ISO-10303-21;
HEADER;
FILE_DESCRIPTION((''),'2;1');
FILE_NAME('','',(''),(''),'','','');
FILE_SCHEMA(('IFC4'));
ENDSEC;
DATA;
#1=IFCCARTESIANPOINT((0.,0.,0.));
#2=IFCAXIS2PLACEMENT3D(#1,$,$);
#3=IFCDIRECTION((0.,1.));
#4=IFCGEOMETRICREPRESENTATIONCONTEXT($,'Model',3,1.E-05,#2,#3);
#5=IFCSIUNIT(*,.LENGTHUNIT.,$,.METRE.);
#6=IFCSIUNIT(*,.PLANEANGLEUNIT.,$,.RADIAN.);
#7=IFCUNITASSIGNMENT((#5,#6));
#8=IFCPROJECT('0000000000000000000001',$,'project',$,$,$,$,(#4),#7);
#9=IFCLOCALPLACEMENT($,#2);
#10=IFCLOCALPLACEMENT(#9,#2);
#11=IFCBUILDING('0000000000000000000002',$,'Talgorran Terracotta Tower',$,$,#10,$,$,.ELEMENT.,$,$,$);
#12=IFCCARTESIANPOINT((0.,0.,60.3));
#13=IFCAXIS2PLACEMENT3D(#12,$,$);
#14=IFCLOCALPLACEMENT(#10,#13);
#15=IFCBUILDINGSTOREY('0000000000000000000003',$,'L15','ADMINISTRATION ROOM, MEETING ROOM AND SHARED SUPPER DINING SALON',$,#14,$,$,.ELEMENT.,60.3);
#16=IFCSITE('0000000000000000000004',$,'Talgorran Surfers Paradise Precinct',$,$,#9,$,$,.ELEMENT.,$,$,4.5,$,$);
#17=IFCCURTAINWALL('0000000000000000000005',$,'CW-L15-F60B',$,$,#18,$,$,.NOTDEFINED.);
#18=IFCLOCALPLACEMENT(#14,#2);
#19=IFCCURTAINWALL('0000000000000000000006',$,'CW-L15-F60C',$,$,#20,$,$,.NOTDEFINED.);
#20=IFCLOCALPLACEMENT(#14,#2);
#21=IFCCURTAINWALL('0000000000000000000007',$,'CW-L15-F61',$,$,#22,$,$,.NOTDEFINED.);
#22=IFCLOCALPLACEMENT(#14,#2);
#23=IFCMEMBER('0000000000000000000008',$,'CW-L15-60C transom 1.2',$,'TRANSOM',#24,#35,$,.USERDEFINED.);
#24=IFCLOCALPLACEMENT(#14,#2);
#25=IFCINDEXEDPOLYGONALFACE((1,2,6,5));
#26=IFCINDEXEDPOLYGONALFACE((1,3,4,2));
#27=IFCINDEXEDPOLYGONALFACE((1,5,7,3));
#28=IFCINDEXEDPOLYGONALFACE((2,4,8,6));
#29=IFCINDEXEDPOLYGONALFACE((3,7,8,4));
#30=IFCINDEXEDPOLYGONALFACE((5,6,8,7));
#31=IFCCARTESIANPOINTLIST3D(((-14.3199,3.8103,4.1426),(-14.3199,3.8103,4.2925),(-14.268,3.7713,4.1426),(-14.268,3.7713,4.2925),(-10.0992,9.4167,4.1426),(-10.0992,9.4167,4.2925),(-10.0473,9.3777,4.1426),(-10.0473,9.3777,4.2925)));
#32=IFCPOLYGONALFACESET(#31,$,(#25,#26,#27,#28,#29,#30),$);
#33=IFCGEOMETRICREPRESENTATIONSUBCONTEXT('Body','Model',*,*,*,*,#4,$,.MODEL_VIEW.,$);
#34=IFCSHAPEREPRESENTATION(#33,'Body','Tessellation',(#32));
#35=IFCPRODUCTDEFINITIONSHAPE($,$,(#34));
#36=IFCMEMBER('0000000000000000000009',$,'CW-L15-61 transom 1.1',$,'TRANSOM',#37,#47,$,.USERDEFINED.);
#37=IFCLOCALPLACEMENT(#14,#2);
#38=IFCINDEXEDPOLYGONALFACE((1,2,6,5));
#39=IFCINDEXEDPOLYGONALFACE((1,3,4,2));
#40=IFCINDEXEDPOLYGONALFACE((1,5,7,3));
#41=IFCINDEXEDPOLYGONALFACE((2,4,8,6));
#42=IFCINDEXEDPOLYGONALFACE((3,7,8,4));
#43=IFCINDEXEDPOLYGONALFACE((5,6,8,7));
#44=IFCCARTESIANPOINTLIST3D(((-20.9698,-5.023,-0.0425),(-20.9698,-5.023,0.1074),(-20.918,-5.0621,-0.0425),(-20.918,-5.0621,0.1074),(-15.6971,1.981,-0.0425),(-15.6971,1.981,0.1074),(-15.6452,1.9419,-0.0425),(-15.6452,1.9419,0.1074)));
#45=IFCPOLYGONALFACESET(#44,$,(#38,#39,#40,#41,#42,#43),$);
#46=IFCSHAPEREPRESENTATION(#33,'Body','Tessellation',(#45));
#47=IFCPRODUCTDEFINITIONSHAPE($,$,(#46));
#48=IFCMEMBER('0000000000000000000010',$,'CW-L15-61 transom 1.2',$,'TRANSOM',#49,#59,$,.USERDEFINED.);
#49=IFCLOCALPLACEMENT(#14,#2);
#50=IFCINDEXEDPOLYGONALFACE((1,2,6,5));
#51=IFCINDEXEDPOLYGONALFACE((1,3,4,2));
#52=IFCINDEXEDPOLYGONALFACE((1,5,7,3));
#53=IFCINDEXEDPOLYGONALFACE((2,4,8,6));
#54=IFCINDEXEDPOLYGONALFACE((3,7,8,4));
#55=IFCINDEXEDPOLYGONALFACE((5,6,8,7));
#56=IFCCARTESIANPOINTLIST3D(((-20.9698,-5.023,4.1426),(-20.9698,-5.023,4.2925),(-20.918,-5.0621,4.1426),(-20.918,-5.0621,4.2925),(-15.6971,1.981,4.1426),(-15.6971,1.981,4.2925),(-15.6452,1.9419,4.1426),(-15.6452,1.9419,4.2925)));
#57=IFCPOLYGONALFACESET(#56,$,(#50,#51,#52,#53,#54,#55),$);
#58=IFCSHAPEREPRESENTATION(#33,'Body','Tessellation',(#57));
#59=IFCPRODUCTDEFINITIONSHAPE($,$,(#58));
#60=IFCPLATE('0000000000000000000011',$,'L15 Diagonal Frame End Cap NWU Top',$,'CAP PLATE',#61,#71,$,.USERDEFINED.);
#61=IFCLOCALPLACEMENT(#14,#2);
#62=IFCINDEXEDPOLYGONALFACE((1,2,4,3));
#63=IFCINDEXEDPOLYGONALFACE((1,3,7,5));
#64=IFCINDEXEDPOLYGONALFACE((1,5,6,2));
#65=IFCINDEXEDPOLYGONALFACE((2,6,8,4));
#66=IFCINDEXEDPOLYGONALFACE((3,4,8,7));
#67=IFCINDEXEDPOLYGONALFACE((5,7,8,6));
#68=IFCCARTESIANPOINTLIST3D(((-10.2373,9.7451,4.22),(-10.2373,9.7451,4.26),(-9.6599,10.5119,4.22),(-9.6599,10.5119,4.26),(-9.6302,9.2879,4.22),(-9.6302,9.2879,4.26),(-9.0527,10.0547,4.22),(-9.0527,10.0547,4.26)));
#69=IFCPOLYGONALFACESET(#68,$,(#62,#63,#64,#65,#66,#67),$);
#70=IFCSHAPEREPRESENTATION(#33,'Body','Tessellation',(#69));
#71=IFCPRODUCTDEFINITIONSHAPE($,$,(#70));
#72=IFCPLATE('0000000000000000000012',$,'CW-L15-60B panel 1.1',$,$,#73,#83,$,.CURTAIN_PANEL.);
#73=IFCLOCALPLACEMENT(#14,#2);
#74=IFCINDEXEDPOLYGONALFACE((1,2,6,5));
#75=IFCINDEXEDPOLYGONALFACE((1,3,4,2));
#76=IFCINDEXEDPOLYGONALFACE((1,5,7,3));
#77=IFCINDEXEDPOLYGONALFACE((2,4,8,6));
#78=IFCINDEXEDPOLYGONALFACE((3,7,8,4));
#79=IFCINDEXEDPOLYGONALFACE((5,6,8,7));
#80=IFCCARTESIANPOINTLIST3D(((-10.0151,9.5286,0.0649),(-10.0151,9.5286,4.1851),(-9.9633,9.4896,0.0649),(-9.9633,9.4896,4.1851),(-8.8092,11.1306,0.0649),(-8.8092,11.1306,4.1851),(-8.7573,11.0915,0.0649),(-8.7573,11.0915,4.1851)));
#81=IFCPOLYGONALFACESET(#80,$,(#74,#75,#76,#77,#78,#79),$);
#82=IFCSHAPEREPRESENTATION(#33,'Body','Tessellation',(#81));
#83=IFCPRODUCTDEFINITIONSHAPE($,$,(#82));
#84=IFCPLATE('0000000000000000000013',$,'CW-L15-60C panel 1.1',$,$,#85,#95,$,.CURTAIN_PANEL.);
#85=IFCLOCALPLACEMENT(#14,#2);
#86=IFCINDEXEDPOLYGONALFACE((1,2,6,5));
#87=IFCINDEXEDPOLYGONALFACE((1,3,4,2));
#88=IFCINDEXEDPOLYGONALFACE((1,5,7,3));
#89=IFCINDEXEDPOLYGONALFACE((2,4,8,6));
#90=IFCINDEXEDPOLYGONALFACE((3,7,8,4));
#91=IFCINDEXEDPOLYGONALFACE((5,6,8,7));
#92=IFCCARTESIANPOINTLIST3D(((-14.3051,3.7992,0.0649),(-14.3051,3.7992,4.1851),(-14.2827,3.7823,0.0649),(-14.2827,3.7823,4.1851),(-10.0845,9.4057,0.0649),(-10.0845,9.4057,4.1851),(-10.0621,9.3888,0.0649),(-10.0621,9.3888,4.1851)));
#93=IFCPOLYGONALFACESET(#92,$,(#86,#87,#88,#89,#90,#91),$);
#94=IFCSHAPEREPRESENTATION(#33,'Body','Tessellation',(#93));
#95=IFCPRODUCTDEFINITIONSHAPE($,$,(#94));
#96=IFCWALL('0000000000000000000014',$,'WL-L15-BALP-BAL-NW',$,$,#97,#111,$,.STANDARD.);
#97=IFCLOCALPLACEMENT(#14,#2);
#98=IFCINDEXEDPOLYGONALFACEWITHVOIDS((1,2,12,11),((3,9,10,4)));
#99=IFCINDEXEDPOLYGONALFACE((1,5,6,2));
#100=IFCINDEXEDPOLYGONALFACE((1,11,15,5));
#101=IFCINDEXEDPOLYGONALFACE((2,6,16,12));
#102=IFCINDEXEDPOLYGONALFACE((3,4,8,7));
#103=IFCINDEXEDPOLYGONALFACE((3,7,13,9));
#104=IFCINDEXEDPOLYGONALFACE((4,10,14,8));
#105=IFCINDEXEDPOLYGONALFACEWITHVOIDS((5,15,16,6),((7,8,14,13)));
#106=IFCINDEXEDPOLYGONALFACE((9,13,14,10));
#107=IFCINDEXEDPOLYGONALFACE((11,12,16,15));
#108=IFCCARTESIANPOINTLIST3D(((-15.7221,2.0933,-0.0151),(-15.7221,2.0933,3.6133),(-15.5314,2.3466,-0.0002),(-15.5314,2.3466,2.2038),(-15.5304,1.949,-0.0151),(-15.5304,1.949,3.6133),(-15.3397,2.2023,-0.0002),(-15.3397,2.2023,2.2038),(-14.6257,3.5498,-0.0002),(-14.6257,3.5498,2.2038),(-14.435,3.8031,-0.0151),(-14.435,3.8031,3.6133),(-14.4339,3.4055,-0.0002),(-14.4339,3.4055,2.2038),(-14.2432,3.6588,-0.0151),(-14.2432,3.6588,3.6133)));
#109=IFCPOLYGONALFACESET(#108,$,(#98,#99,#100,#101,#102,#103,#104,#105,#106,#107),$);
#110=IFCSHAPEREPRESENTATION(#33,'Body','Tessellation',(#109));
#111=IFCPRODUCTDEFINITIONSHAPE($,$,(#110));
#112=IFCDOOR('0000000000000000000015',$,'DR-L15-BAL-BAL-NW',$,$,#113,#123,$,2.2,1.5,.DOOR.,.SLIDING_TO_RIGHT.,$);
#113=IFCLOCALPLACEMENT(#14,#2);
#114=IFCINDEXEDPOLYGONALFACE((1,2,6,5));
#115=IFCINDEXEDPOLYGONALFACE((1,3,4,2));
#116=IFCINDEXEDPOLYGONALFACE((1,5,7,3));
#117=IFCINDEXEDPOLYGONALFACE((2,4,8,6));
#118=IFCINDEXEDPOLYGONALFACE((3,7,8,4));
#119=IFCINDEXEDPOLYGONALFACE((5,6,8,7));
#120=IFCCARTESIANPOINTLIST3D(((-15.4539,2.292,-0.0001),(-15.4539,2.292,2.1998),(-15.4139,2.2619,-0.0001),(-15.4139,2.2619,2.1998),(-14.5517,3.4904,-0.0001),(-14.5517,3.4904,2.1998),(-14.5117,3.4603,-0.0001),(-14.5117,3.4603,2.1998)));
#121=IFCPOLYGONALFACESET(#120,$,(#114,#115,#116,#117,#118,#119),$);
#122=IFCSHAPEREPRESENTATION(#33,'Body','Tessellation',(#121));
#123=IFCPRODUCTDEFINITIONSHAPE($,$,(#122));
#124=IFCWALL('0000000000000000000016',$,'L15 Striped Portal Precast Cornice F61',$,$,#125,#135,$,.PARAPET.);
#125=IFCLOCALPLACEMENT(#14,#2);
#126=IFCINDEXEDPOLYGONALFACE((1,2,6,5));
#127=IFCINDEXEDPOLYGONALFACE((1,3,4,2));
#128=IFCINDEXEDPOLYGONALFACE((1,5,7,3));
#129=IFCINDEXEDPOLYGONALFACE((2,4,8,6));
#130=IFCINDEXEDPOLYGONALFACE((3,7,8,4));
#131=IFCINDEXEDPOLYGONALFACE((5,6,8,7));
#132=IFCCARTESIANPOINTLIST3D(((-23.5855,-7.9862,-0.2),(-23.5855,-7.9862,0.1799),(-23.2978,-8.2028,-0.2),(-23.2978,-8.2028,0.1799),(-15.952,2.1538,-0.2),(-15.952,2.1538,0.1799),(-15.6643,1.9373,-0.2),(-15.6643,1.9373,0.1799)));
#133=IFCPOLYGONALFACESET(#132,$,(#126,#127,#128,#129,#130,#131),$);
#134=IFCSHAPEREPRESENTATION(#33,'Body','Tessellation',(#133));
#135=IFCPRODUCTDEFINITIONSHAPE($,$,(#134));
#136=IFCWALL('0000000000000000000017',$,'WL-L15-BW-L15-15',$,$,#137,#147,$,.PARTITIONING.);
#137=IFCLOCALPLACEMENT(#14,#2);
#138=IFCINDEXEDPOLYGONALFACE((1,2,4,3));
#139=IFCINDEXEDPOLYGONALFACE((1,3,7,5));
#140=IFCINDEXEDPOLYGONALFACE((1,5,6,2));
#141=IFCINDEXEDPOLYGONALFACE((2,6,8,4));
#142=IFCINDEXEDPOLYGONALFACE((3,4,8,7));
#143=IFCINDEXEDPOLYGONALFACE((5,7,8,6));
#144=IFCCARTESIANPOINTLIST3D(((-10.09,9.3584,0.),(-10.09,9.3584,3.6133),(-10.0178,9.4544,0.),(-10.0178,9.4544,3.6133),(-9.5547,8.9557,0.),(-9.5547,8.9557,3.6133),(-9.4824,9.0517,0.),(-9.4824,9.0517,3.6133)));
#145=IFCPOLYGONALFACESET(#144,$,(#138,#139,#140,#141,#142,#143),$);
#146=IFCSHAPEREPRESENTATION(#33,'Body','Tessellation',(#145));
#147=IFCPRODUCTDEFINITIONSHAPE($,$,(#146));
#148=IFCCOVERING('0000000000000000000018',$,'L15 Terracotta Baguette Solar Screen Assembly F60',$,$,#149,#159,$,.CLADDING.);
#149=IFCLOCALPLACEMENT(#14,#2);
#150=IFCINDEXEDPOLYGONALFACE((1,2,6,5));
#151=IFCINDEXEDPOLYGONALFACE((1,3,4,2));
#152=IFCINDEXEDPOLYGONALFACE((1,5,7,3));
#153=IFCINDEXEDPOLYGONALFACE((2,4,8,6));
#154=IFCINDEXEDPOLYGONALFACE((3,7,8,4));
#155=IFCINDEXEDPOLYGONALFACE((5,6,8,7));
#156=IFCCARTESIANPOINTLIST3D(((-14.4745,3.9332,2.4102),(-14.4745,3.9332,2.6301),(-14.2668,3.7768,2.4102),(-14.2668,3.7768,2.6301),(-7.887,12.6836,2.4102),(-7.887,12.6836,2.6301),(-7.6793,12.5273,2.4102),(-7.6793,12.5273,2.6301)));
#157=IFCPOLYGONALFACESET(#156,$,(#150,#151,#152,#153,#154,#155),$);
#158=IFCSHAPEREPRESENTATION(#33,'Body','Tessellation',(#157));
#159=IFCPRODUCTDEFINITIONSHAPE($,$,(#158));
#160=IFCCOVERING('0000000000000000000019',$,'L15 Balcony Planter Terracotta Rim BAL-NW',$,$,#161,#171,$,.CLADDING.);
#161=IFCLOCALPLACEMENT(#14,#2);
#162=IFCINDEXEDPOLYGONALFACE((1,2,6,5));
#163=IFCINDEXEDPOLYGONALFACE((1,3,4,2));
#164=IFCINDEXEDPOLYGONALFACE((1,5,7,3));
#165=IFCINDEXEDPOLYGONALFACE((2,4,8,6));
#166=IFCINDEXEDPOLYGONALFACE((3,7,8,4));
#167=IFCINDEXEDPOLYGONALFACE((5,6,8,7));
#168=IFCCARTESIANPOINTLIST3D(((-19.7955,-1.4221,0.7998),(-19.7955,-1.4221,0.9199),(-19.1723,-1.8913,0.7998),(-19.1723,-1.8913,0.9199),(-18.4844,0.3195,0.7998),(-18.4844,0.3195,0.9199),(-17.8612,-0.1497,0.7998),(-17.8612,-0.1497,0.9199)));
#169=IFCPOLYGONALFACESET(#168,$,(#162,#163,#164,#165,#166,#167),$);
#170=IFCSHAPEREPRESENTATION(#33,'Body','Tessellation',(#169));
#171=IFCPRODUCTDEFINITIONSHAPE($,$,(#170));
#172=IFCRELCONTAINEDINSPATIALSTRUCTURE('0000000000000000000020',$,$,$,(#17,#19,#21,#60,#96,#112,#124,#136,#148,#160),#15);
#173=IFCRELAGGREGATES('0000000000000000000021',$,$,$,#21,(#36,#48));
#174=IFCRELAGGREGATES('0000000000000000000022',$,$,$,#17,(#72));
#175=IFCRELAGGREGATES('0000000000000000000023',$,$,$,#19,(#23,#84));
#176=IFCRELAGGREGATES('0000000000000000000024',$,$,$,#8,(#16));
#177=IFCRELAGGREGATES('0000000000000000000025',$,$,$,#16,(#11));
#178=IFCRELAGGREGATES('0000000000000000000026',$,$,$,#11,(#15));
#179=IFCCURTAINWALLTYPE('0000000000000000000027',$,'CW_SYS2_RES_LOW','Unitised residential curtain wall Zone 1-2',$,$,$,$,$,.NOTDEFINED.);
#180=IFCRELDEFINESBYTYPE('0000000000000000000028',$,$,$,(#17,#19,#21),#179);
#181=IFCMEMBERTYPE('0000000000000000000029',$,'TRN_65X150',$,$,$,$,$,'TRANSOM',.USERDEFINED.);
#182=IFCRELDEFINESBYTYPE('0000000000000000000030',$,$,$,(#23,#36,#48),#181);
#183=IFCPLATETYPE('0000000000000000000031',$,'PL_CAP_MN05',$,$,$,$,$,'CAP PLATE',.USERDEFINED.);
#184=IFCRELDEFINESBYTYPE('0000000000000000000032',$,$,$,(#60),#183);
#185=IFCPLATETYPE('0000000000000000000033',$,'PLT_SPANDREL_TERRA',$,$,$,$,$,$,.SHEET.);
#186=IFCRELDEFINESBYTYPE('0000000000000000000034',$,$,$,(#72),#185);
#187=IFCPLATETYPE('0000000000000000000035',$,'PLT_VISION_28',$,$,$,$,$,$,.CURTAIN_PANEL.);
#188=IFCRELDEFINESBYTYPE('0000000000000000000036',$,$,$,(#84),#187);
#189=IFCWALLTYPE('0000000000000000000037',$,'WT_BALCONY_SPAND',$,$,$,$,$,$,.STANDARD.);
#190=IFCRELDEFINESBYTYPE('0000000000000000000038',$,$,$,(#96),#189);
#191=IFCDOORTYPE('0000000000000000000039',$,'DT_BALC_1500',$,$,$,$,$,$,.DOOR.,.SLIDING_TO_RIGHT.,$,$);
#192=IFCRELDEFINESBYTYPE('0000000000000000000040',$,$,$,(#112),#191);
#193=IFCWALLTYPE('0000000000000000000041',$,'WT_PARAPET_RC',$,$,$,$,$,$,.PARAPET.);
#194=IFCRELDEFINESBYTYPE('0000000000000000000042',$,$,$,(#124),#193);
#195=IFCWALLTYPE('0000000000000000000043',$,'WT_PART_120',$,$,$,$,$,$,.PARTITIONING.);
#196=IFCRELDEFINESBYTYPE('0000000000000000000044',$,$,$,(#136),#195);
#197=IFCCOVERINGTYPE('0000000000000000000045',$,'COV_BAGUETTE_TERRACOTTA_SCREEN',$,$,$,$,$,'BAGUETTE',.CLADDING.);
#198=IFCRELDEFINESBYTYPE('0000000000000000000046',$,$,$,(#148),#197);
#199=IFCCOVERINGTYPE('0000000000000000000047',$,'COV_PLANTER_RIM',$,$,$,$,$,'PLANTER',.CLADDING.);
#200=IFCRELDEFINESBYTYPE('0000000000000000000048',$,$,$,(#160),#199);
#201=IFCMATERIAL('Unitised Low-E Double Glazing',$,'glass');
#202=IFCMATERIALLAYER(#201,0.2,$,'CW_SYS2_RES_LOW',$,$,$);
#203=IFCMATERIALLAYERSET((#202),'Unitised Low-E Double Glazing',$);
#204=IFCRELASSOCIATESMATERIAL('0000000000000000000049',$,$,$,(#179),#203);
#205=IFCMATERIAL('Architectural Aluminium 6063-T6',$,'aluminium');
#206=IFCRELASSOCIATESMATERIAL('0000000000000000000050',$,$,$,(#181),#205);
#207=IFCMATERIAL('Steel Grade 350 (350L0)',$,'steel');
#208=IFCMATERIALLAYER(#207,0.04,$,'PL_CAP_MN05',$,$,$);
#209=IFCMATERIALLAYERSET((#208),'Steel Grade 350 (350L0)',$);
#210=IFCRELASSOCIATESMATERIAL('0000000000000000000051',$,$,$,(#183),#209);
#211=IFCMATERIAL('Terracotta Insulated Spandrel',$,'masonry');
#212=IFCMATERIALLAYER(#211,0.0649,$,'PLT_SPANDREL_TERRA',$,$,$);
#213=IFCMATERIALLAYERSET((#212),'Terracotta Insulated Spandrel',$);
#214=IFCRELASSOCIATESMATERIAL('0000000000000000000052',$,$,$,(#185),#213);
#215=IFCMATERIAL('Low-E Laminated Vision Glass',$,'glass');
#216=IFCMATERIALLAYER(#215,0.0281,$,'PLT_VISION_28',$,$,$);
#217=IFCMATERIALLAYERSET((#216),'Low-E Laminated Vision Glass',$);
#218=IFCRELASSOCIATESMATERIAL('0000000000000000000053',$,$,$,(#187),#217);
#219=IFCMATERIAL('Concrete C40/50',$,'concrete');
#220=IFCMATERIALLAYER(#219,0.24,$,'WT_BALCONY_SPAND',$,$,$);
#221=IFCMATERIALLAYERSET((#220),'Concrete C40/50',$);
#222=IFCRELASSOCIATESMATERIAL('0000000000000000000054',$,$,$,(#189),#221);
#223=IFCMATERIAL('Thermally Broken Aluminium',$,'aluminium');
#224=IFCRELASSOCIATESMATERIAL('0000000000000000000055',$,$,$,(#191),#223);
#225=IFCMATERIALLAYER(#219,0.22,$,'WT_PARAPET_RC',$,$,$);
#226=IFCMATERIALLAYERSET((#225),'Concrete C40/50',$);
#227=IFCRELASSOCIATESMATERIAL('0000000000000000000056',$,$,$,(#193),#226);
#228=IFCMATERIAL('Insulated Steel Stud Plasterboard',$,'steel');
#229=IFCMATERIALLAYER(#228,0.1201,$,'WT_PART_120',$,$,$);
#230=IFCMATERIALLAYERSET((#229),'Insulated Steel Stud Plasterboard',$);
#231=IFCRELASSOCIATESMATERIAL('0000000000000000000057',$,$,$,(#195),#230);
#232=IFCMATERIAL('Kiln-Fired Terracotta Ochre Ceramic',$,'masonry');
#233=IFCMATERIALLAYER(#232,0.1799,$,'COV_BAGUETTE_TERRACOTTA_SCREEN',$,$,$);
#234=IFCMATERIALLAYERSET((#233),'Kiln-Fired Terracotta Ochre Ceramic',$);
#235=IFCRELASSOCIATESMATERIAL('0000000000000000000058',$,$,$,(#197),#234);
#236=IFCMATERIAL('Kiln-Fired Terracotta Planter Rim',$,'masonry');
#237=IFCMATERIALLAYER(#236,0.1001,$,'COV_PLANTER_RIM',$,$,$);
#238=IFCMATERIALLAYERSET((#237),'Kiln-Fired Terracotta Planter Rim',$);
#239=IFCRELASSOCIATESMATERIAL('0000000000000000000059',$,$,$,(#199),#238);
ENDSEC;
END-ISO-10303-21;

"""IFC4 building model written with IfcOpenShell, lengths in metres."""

from ifc_helpers import new_model, si_unit, direction, frame, frame_2d, origin, origin_2d, place, context, subcontext, project, spatial, rectangle, extrude, source, transform, mapped, material, layer, layer_set, material_profile, profile_set, type_object, type_shapes, element, fill, aggregate, save


model = new_model("IFC4")

# Units and contexts
model_context = context("Model", 3, precision=1e-05, world=origin(), true_north=direction((0.0, 1.0)))
body_context = subcontext(model_context, "Body", "Model", "MODEL_VIEW")
ifc_project = project(units=[si_unit("LENGTHUNIT", "METRE"), si_unit("PLANEANGLEUNIT", "RADIAN")], contexts=[model_context])

# Site, building, storey
site_placement = place(None, origin())
site = spatial("IfcSite", under=ifc_project, at=site_placement, Name="Talgorran Surfers Paradise Precinct", CompositionType="ELEMENT", RefElevation=4.5)
building_placement = place(site_placement, origin())
building = spatial("IfcBuilding", under=site, at=building_placement, Name="Talgorran Terracotta Tower", CompositionType="ELEMENT")
storey_placement = place(building_placement, frame((0.0, 0.0, 60.3)))
storey = spatial("IfcBuildingStorey", under=building, at=storey_placement, Name="L15", Description="ADMINISTRATION ROOM, MEETING ROOM AND SHARED SUPPER DINING SALON", CompositionType="ELEMENT", Elevation=60.3)

# Shared definitions
ifc_material_1 = material(Name="Steel Grade 350 (350L0)", Category="steel")

# Curtain wall
ifc_material_2 = material(Name="Unitised Low-E Double Glazing", Category="glass")
ifc_layer_1 = layer(ifc_material_2, 0.2, Name="CW_SYS2_RES_LOW")
ifc_layer_set_1 = layer_set([ifc_layer_1], Name="Unitised Low-E Double Glazing")
curtain_wall_type = type_object("IfcCurtainWallType", Name="CW_SYS2_RES_LOW", Description="Unitised residential curtain wall Zone 1-2", PredefinedType="NOTDEFINED", material=ifc_layer_set_1)
curtain_wall_1_placement = place(storey_placement, origin())
curtain_wall_1 = element("IfcCurtainWall", 1, at=curtain_wall_1_placement, inside=storey, type_object=curtain_wall_type, Name="CW-L15-F60B", PredefinedType="NOTDEFINED")
ifc_material_3 = material(Name="Architectural Aluminium 6063-T6", Category="aluminium")

# Curtain wall
curtain_wall_2_placement = place(storey_placement, origin())
curtain_wall_2 = element("IfcCurtainWall", 2, at=curtain_wall_2_placement, inside=storey, type_object=curtain_wall_type, Name="CW-L15-F60C", PredefinedType="NOTDEFINED")

# Curtain wall
curtain_wall_3_placement = place(storey_placement, origin())
curtain_wall_3 = element("IfcCurtainWall", 3, at=curtain_wall_3_placement, inside=storey, type_object=curtain_wall_type, Name="CW-L15-F61", PredefinedType="NOTDEFINED")

# Members
ifc_material_profile_1 = material_profile(ifc_material_3, rectangle(XDim=0.0649, YDim=0.1499, at=origin_2d()), Name="CWT65X150")
ifc_profile_set_1 = profile_set([ifc_material_profile_1], Name="Architectural Aluminium 6063-T6")
member_type_1 = type_object("IfcMemberType", Name="TRN_65X150", ElementType="TRANSOM", PredefinedType="USERDEFINED", material=ifc_profile_set_1)
member_1_placement = place(storey_placement, frame((-10.0732, 9.3972, 4.2175), z_axis=(-0.601446, -0.798913, 0.0), x_axis=(0.798913, -0.601446, 0.0)))
member_1 = element("IfcMember", 4, at=member_1_placement, type_object=member_type_1, Name="CW-L15-60C transom 1.2", ObjectType="TRANSOM", PredefinedType="USERDEFINED", context=body_context, shape_type="SweptSolid", body=[
    extrude(rectangle(XDim=0.0649, YDim=0.1499, at=origin_2d()), origin(), (0.0, 0.0, 1.0), 7.0176),
])
member_2_placement = place(storey_placement, frame((-15.6711, 1.9614, 0.0325), z_axis=(-0.601443, -0.798916, 0.0), x_axis=(0.798916, -0.601443, 0.0)))
member_2 = element("IfcMember", 5, at=member_2_placement, type_object=member_type_1, Name="CW-L15-61 transom 1.1", ObjectType="TRANSOM", PredefinedType="USERDEFINED", context=body_context, shape_type="SweptSolid", body=[
    extrude(rectangle(XDim=0.0649, YDim=0.1499, at=origin_2d()), origin(), (0.0, 0.0, 1.0), 8.7668),
])
member_3_placement = place(storey_placement, frame((-15.6711, 1.9614, 4.2175), z_axis=(-0.601443, -0.798916, 0.0), x_axis=(0.798916, -0.601443, 0.0)))
member_3 = element("IfcMember", 6, at=member_3_placement, type_object=member_type_1, Name="CW-L15-61 transom 1.2", ObjectType="TRANSOM", PredefinedType="USERDEFINED", context=body_context, shape_type="SweptSolid", body=[
    extrude(rectangle(XDim=0.0649, YDim=0.1499, at=origin_2d()), origin(), (0.0, 0.0, 1.0), 8.7668),
])
aggregate(curtain_wall_3, [member_2, member_3])

# Plates
ifc_layer_2 = layer(ifc_material_1, 0.04, Name="PL_CAP_MN05")
ifc_layer_set_2 = layer_set([ifc_layer_2], Name="Steel Grade 350 (350L0)")
plate_type_1 = type_object("IfcPlateType", Name="PL_CAP_MN05", ElementType="CAP PLATE", PredefinedType="USERDEFINED", material=ifc_layer_set_2)
plate_1_placement = place(storey_placement, frame((-9.645, 9.8999, 4.22), z_axis=(0.0, 0.0, 1.0), x_axis=(-0.601536, -0.798846, 0.0)))
element("IfcPlate", 7, at=plate_1_placement, inside=storey, type_object=plate_type_1, Name="L15 Diagonal Frame End Cap NWU Top", ObjectType="CAP PLATE", PredefinedType="USERDEFINED", context=body_context, shape_type="SweptSolid", body=[
    extrude(rectangle(XDim=0.96, YDim=0.76, at=origin_2d()), origin(), (0.0, 0.0, 1.0), 0.04),
])
ifc_material_4 = material(Name="Terracotta Insulated Spandrel", Category="masonry")
ifc_layer_3 = layer(ifc_material_4, 0.0649, Name="PLT_SPANDREL_TERRA")
ifc_layer_set_3 = layer_set([ifc_layer_3], Name="Terracotta Insulated Spandrel")
plate_type_2 = type_object("IfcPlateType", Name="PLT_SPANDREL_TERRA", PredefinedType="SHEET", material=ifc_layer_set_3)
shared_shape_1 = source(origin(), body_context, "Body", "SweptSolid", [
    extrude(rectangle(XDim=2.0051, YDim=0.0649, at=origin_2d()), origin(), (0.0, 0.0, 1.0), 4.1201),
])
type_shapes(plate_type_2, [shared_shape_1])
plate_2_placement = place(storey_placement, frame((-9.3862, 10.3101, 0.0649), z_axis=(0.0, 0.0, 1.0), x_axis=(-0.601423, -0.798931, 0.0)))
plate_2 = element("IfcPlate", 8, at=plate_2_placement, type_object=plate_type_2, Name="CW-L15-60B panel 1.1", PredefinedType="CURTAIN_PANEL", context=body_context, shape_type="MappedRepresentation", body=[
    mapped(shared_shape_1, transform((0.0, 0.0, 0.0), scale=1.0)),
])
aggregate(curtain_wall_1, [plate_2])
ifc_material_5 = material(Name="Low-E Laminated Vision Glass", Category="glass")
ifc_layer_4 = layer(ifc_material_5, 0.0281, Name="PLT_VISION_28")
ifc_layer_set_4 = layer_set([ifc_layer_4], Name="Low-E Laminated Vision Glass")
plate_type_3 = type_object("IfcPlateType", Name="PLT_VISION_28", PredefinedType="CURTAIN_PANEL", material=ifc_layer_set_4)
shared_shape_2 = source(origin(), body_context, "Body", "SweptSolid", [
    extrude(rectangle(XDim=7.0176, YDim=0.0281, at=origin_2d()), origin(), (0.0, 0.0, 1.0), 4.1201),
])
type_shapes(plate_type_3, [shared_shape_2])
plate_3_placement = place(storey_placement, frame((-12.1836, 6.594, 0.0649), z_axis=(0.0, 0.0, 1.0), x_axis=(-0.601438, -0.798919, 0.0)))
plate_3 = element("IfcPlate", 9, at=plate_3_placement, type_object=plate_type_3, Name="CW-L15-60C panel 1.1", PredefinedType="CURTAIN_PANEL", context=body_context, shape_type="MappedRepresentation", body=[
    mapped(shared_shape_2, transform((0.0, 0.0, 0.0), scale=1.0)),
])
aggregate(curtain_wall_2, [member_1, plate_3])

# Wall, opening, door
ifc_material_6 = material(Name="Concrete C40/50", Category="concrete")
ifc_layer_5 = layer(ifc_material_6, 0.24, Name="WT_BALCONY_SPAND")
ifc_layer_set_5 = layer_set([ifc_layer_5], Name="Concrete C40/50")
wall_type_1 = type_object("IfcWallType", Name="WT_BALCONY_SPAND", PredefinedType="STANDARD", material=ifc_layer_set_5)
wall_1_placement = place(storey_placement, frame((-14.3391, 3.731, -0.0151), z_axis=(0.0, 0.0, 1.0), x_axis=(-0.601441, -0.798917, 0.0)))
wall_1 = element("IfcWall", 10, at=wall_1_placement, inside=storey, type_object=wall_type_1, Name="WL-L15-BALP-BAL-NW", PredefinedType="STANDARD", context=body_context, shape_type="SweptSolid", body=[
    extrude(rectangle(XDim=2.1401, YDim=0.24, at=frame_2d((1.0701, 0.0))), origin(), (0.0, 0.0, 1.0), 3.6284),
])
opening_placement = place(wall_1_placement, frame((0.3201, 0.0, 0.0149)))
opening = element("IfcOpeningElement", 11, at=opening_placement, cuts=wall_1, PredefinedType="OPENING", context=body_context, shape_type="SweptSolid", body=[
    extrude(rectangle(XDim=1.506, YDim=2.204, at=frame_2d((0.75, 1.1021))), frame((0.0, 0.1299, 0.0), z_axis=(0.0, -1.0, 0.0), x_axis=(1.0, 0.0, 0.0)), (0.0, 0.0, 1.0), 0.26),
])
ifc_material_7 = material(Name="Thermally Broken Aluminium", Category="aluminium")
door_type = type_object("IfcDoorType", Name="DT_BALC_1500", OperationType="SLIDING_TO_RIGHT", PredefinedType="DOOR", material=ifc_material_7)
door_placement = place(opening_placement, origin())
door = element("IfcDoor", 12, at=door_placement, inside=storey, type_object=door_type, Name="DR-L15-BAL-BAL-NW", OperationType="SLIDING_TO_RIGHT", OverallHeight=2.2, OverallWidth=1.5, PredefinedType="DOOR", context=body_context, shape_type="SweptSolid", body=[
    extrude(rectangle(XDim=1.5, YDim=2.2, at=frame_2d((0.75, 1.1001))), frame((0.0, 0.0249, 0.0), z_axis=(0.0, -1.0, 0.0), x_axis=(1.0, 0.0, 0.0)), (0.0, 0.0, 1.0), 0.05),
])
fill(opening, door)

# Walls
ifc_layer_6 = layer(ifc_material_6, 0.22, Name="WT_PARAPET_RC")
ifc_layer_set_6 = layer_set([ifc_layer_6], Name="Concrete C40/50")
wall_type_2 = type_object("IfcWallType", Name="WT_PARAPET_RC", PredefinedType="PARAPET", material=ifc_layer_set_6)
wall_2_placement = place(storey_placement, frame((-15.8081, 2.0457, -0.2), z_axis=(0.0, 0.0, 1.0), x_axis=(-0.601433, -0.798923, 0.0)))
element("IfcWall", 13, at=wall_2_placement, inside=storey, type_object=wall_type_2, Name="L15 Striped Portal Precast Cornice F61", PredefinedType="PARAPET", context=body_context, shape_type="SweptSolid", body=[
    extrude(rectangle(XDim=12.6921, YDim=0.3601, at=frame_2d((6.3462, 0.0))), origin(), (0.0, 0.0, 1.0), 0.3799),
])
ifc_material_8 = material(Name="Insulated Steel Stud Plasterboard", Category="steel")
ifc_layer_7 = layer(ifc_material_8, 0.1201, Name="WT_PART_120")
ifc_layer_set_7 = layer_set([ifc_layer_7], Name="Insulated Steel Stud Plasterboard")
wall_type_3 = type_object("IfcWallType", Name="WT_PART_120", PredefinedType="PARTITIONING", material=ifc_layer_set_7)
wall_3_placement = place(storey_placement, frame((-9.5186, 9.0037, 0.0), z_axis=(0.0, 0.0, 1.0), x_axis=(-0.799081, 0.601224, 0.0)))
element("IfcWall", 14, at=wall_3_placement, inside=storey, type_object=wall_type_3, Name="WL-L15-BW-L15-15", PredefinedType="PARTITIONING", context=body_context, shape_type="SweptSolid", body=[
    extrude(rectangle(XDim=0.6699, YDim=0.1201, at=frame_2d((0.335, 0.0))), origin(), (0.0, 0.0, 1.0), 3.6133),
])

# Coverings
ifc_material_9 = material(Name="Kiln-Fired Terracotta Ochre Ceramic", Category="masonry")
ifc_layer_8 = layer(ifc_material_9, 0.1799, Name="COV_BAGUETTE_TERRACOTTA_SCREEN")
ifc_layer_set_8 = layer_set([ifc_layer_8], Name="Kiln-Fired Terracotta Ochre Ceramic")
covering_type_1 = type_object("IfcCoveringType", Name="COV_BAGUETTE_TERRACOTTA_SCREEN", ElementType="BAGUETTE", PredefinedType="CLADDING", material=ifc_layer_set_8)
covering_1_placement = place(storey_placement, frame((-11.0769, 8.2302, 2.4102), z_axis=(0.0, 0.0, 1.0), x_axis=(-0.601439, -0.798919, 0.0)))
element("IfcCovering", 15, at=covering_1_placement, inside=storey, type_object=covering_type_1, Name="L15 Terracotta Baguette Solar Screen Assembly F60", PredefinedType="CLADDING", context=body_context, shape_type="SweptSolid", body=[
    extrude(rectangle(XDim=10.9529, YDim=0.26, at=origin_2d()), origin(), (0.0, 0.0, 1.0), 0.22),
])
ifc_material_10 = material(Name="Kiln-Fired Terracotta Planter Rim", Category="masonry")
ifc_layer_9 = layer(ifc_material_10, 0.1001, Name="COV_PLANTER_RIM")
ifc_layer_set_9 = layer_set([ifc_layer_9], Name="Kiln-Fired Terracotta Planter Rim")
covering_type_2 = type_object("IfcCoveringType", Name="COV_PLANTER_RIM", ElementType="PLANTER", PredefinedType="CLADDING", material=ifc_layer_set_9)
covering_2_placement = place(storey_placement, frame((-18.8284, -0.7859, 0.7998), z_axis=(0.0, 0.0, 1.0), x_axis=(-0.601439, -0.798919, 0.0)))
element("IfcCovering", 16, at=covering_2_placement, inside=storey, type_object=covering_type_2, Name="L15 Balcony Planter Terracotta Rim BAL-NW", PredefinedType="CLADDING", context=body_context, shape_type="SweptSolid", body=[
    extrude(rectangle(XDim=2.1799, YDim=0.78, at=origin_2d()), origin(), (0.0, 0.0, 1.0), 0.1201),
])

save(model, "model.ifc")
